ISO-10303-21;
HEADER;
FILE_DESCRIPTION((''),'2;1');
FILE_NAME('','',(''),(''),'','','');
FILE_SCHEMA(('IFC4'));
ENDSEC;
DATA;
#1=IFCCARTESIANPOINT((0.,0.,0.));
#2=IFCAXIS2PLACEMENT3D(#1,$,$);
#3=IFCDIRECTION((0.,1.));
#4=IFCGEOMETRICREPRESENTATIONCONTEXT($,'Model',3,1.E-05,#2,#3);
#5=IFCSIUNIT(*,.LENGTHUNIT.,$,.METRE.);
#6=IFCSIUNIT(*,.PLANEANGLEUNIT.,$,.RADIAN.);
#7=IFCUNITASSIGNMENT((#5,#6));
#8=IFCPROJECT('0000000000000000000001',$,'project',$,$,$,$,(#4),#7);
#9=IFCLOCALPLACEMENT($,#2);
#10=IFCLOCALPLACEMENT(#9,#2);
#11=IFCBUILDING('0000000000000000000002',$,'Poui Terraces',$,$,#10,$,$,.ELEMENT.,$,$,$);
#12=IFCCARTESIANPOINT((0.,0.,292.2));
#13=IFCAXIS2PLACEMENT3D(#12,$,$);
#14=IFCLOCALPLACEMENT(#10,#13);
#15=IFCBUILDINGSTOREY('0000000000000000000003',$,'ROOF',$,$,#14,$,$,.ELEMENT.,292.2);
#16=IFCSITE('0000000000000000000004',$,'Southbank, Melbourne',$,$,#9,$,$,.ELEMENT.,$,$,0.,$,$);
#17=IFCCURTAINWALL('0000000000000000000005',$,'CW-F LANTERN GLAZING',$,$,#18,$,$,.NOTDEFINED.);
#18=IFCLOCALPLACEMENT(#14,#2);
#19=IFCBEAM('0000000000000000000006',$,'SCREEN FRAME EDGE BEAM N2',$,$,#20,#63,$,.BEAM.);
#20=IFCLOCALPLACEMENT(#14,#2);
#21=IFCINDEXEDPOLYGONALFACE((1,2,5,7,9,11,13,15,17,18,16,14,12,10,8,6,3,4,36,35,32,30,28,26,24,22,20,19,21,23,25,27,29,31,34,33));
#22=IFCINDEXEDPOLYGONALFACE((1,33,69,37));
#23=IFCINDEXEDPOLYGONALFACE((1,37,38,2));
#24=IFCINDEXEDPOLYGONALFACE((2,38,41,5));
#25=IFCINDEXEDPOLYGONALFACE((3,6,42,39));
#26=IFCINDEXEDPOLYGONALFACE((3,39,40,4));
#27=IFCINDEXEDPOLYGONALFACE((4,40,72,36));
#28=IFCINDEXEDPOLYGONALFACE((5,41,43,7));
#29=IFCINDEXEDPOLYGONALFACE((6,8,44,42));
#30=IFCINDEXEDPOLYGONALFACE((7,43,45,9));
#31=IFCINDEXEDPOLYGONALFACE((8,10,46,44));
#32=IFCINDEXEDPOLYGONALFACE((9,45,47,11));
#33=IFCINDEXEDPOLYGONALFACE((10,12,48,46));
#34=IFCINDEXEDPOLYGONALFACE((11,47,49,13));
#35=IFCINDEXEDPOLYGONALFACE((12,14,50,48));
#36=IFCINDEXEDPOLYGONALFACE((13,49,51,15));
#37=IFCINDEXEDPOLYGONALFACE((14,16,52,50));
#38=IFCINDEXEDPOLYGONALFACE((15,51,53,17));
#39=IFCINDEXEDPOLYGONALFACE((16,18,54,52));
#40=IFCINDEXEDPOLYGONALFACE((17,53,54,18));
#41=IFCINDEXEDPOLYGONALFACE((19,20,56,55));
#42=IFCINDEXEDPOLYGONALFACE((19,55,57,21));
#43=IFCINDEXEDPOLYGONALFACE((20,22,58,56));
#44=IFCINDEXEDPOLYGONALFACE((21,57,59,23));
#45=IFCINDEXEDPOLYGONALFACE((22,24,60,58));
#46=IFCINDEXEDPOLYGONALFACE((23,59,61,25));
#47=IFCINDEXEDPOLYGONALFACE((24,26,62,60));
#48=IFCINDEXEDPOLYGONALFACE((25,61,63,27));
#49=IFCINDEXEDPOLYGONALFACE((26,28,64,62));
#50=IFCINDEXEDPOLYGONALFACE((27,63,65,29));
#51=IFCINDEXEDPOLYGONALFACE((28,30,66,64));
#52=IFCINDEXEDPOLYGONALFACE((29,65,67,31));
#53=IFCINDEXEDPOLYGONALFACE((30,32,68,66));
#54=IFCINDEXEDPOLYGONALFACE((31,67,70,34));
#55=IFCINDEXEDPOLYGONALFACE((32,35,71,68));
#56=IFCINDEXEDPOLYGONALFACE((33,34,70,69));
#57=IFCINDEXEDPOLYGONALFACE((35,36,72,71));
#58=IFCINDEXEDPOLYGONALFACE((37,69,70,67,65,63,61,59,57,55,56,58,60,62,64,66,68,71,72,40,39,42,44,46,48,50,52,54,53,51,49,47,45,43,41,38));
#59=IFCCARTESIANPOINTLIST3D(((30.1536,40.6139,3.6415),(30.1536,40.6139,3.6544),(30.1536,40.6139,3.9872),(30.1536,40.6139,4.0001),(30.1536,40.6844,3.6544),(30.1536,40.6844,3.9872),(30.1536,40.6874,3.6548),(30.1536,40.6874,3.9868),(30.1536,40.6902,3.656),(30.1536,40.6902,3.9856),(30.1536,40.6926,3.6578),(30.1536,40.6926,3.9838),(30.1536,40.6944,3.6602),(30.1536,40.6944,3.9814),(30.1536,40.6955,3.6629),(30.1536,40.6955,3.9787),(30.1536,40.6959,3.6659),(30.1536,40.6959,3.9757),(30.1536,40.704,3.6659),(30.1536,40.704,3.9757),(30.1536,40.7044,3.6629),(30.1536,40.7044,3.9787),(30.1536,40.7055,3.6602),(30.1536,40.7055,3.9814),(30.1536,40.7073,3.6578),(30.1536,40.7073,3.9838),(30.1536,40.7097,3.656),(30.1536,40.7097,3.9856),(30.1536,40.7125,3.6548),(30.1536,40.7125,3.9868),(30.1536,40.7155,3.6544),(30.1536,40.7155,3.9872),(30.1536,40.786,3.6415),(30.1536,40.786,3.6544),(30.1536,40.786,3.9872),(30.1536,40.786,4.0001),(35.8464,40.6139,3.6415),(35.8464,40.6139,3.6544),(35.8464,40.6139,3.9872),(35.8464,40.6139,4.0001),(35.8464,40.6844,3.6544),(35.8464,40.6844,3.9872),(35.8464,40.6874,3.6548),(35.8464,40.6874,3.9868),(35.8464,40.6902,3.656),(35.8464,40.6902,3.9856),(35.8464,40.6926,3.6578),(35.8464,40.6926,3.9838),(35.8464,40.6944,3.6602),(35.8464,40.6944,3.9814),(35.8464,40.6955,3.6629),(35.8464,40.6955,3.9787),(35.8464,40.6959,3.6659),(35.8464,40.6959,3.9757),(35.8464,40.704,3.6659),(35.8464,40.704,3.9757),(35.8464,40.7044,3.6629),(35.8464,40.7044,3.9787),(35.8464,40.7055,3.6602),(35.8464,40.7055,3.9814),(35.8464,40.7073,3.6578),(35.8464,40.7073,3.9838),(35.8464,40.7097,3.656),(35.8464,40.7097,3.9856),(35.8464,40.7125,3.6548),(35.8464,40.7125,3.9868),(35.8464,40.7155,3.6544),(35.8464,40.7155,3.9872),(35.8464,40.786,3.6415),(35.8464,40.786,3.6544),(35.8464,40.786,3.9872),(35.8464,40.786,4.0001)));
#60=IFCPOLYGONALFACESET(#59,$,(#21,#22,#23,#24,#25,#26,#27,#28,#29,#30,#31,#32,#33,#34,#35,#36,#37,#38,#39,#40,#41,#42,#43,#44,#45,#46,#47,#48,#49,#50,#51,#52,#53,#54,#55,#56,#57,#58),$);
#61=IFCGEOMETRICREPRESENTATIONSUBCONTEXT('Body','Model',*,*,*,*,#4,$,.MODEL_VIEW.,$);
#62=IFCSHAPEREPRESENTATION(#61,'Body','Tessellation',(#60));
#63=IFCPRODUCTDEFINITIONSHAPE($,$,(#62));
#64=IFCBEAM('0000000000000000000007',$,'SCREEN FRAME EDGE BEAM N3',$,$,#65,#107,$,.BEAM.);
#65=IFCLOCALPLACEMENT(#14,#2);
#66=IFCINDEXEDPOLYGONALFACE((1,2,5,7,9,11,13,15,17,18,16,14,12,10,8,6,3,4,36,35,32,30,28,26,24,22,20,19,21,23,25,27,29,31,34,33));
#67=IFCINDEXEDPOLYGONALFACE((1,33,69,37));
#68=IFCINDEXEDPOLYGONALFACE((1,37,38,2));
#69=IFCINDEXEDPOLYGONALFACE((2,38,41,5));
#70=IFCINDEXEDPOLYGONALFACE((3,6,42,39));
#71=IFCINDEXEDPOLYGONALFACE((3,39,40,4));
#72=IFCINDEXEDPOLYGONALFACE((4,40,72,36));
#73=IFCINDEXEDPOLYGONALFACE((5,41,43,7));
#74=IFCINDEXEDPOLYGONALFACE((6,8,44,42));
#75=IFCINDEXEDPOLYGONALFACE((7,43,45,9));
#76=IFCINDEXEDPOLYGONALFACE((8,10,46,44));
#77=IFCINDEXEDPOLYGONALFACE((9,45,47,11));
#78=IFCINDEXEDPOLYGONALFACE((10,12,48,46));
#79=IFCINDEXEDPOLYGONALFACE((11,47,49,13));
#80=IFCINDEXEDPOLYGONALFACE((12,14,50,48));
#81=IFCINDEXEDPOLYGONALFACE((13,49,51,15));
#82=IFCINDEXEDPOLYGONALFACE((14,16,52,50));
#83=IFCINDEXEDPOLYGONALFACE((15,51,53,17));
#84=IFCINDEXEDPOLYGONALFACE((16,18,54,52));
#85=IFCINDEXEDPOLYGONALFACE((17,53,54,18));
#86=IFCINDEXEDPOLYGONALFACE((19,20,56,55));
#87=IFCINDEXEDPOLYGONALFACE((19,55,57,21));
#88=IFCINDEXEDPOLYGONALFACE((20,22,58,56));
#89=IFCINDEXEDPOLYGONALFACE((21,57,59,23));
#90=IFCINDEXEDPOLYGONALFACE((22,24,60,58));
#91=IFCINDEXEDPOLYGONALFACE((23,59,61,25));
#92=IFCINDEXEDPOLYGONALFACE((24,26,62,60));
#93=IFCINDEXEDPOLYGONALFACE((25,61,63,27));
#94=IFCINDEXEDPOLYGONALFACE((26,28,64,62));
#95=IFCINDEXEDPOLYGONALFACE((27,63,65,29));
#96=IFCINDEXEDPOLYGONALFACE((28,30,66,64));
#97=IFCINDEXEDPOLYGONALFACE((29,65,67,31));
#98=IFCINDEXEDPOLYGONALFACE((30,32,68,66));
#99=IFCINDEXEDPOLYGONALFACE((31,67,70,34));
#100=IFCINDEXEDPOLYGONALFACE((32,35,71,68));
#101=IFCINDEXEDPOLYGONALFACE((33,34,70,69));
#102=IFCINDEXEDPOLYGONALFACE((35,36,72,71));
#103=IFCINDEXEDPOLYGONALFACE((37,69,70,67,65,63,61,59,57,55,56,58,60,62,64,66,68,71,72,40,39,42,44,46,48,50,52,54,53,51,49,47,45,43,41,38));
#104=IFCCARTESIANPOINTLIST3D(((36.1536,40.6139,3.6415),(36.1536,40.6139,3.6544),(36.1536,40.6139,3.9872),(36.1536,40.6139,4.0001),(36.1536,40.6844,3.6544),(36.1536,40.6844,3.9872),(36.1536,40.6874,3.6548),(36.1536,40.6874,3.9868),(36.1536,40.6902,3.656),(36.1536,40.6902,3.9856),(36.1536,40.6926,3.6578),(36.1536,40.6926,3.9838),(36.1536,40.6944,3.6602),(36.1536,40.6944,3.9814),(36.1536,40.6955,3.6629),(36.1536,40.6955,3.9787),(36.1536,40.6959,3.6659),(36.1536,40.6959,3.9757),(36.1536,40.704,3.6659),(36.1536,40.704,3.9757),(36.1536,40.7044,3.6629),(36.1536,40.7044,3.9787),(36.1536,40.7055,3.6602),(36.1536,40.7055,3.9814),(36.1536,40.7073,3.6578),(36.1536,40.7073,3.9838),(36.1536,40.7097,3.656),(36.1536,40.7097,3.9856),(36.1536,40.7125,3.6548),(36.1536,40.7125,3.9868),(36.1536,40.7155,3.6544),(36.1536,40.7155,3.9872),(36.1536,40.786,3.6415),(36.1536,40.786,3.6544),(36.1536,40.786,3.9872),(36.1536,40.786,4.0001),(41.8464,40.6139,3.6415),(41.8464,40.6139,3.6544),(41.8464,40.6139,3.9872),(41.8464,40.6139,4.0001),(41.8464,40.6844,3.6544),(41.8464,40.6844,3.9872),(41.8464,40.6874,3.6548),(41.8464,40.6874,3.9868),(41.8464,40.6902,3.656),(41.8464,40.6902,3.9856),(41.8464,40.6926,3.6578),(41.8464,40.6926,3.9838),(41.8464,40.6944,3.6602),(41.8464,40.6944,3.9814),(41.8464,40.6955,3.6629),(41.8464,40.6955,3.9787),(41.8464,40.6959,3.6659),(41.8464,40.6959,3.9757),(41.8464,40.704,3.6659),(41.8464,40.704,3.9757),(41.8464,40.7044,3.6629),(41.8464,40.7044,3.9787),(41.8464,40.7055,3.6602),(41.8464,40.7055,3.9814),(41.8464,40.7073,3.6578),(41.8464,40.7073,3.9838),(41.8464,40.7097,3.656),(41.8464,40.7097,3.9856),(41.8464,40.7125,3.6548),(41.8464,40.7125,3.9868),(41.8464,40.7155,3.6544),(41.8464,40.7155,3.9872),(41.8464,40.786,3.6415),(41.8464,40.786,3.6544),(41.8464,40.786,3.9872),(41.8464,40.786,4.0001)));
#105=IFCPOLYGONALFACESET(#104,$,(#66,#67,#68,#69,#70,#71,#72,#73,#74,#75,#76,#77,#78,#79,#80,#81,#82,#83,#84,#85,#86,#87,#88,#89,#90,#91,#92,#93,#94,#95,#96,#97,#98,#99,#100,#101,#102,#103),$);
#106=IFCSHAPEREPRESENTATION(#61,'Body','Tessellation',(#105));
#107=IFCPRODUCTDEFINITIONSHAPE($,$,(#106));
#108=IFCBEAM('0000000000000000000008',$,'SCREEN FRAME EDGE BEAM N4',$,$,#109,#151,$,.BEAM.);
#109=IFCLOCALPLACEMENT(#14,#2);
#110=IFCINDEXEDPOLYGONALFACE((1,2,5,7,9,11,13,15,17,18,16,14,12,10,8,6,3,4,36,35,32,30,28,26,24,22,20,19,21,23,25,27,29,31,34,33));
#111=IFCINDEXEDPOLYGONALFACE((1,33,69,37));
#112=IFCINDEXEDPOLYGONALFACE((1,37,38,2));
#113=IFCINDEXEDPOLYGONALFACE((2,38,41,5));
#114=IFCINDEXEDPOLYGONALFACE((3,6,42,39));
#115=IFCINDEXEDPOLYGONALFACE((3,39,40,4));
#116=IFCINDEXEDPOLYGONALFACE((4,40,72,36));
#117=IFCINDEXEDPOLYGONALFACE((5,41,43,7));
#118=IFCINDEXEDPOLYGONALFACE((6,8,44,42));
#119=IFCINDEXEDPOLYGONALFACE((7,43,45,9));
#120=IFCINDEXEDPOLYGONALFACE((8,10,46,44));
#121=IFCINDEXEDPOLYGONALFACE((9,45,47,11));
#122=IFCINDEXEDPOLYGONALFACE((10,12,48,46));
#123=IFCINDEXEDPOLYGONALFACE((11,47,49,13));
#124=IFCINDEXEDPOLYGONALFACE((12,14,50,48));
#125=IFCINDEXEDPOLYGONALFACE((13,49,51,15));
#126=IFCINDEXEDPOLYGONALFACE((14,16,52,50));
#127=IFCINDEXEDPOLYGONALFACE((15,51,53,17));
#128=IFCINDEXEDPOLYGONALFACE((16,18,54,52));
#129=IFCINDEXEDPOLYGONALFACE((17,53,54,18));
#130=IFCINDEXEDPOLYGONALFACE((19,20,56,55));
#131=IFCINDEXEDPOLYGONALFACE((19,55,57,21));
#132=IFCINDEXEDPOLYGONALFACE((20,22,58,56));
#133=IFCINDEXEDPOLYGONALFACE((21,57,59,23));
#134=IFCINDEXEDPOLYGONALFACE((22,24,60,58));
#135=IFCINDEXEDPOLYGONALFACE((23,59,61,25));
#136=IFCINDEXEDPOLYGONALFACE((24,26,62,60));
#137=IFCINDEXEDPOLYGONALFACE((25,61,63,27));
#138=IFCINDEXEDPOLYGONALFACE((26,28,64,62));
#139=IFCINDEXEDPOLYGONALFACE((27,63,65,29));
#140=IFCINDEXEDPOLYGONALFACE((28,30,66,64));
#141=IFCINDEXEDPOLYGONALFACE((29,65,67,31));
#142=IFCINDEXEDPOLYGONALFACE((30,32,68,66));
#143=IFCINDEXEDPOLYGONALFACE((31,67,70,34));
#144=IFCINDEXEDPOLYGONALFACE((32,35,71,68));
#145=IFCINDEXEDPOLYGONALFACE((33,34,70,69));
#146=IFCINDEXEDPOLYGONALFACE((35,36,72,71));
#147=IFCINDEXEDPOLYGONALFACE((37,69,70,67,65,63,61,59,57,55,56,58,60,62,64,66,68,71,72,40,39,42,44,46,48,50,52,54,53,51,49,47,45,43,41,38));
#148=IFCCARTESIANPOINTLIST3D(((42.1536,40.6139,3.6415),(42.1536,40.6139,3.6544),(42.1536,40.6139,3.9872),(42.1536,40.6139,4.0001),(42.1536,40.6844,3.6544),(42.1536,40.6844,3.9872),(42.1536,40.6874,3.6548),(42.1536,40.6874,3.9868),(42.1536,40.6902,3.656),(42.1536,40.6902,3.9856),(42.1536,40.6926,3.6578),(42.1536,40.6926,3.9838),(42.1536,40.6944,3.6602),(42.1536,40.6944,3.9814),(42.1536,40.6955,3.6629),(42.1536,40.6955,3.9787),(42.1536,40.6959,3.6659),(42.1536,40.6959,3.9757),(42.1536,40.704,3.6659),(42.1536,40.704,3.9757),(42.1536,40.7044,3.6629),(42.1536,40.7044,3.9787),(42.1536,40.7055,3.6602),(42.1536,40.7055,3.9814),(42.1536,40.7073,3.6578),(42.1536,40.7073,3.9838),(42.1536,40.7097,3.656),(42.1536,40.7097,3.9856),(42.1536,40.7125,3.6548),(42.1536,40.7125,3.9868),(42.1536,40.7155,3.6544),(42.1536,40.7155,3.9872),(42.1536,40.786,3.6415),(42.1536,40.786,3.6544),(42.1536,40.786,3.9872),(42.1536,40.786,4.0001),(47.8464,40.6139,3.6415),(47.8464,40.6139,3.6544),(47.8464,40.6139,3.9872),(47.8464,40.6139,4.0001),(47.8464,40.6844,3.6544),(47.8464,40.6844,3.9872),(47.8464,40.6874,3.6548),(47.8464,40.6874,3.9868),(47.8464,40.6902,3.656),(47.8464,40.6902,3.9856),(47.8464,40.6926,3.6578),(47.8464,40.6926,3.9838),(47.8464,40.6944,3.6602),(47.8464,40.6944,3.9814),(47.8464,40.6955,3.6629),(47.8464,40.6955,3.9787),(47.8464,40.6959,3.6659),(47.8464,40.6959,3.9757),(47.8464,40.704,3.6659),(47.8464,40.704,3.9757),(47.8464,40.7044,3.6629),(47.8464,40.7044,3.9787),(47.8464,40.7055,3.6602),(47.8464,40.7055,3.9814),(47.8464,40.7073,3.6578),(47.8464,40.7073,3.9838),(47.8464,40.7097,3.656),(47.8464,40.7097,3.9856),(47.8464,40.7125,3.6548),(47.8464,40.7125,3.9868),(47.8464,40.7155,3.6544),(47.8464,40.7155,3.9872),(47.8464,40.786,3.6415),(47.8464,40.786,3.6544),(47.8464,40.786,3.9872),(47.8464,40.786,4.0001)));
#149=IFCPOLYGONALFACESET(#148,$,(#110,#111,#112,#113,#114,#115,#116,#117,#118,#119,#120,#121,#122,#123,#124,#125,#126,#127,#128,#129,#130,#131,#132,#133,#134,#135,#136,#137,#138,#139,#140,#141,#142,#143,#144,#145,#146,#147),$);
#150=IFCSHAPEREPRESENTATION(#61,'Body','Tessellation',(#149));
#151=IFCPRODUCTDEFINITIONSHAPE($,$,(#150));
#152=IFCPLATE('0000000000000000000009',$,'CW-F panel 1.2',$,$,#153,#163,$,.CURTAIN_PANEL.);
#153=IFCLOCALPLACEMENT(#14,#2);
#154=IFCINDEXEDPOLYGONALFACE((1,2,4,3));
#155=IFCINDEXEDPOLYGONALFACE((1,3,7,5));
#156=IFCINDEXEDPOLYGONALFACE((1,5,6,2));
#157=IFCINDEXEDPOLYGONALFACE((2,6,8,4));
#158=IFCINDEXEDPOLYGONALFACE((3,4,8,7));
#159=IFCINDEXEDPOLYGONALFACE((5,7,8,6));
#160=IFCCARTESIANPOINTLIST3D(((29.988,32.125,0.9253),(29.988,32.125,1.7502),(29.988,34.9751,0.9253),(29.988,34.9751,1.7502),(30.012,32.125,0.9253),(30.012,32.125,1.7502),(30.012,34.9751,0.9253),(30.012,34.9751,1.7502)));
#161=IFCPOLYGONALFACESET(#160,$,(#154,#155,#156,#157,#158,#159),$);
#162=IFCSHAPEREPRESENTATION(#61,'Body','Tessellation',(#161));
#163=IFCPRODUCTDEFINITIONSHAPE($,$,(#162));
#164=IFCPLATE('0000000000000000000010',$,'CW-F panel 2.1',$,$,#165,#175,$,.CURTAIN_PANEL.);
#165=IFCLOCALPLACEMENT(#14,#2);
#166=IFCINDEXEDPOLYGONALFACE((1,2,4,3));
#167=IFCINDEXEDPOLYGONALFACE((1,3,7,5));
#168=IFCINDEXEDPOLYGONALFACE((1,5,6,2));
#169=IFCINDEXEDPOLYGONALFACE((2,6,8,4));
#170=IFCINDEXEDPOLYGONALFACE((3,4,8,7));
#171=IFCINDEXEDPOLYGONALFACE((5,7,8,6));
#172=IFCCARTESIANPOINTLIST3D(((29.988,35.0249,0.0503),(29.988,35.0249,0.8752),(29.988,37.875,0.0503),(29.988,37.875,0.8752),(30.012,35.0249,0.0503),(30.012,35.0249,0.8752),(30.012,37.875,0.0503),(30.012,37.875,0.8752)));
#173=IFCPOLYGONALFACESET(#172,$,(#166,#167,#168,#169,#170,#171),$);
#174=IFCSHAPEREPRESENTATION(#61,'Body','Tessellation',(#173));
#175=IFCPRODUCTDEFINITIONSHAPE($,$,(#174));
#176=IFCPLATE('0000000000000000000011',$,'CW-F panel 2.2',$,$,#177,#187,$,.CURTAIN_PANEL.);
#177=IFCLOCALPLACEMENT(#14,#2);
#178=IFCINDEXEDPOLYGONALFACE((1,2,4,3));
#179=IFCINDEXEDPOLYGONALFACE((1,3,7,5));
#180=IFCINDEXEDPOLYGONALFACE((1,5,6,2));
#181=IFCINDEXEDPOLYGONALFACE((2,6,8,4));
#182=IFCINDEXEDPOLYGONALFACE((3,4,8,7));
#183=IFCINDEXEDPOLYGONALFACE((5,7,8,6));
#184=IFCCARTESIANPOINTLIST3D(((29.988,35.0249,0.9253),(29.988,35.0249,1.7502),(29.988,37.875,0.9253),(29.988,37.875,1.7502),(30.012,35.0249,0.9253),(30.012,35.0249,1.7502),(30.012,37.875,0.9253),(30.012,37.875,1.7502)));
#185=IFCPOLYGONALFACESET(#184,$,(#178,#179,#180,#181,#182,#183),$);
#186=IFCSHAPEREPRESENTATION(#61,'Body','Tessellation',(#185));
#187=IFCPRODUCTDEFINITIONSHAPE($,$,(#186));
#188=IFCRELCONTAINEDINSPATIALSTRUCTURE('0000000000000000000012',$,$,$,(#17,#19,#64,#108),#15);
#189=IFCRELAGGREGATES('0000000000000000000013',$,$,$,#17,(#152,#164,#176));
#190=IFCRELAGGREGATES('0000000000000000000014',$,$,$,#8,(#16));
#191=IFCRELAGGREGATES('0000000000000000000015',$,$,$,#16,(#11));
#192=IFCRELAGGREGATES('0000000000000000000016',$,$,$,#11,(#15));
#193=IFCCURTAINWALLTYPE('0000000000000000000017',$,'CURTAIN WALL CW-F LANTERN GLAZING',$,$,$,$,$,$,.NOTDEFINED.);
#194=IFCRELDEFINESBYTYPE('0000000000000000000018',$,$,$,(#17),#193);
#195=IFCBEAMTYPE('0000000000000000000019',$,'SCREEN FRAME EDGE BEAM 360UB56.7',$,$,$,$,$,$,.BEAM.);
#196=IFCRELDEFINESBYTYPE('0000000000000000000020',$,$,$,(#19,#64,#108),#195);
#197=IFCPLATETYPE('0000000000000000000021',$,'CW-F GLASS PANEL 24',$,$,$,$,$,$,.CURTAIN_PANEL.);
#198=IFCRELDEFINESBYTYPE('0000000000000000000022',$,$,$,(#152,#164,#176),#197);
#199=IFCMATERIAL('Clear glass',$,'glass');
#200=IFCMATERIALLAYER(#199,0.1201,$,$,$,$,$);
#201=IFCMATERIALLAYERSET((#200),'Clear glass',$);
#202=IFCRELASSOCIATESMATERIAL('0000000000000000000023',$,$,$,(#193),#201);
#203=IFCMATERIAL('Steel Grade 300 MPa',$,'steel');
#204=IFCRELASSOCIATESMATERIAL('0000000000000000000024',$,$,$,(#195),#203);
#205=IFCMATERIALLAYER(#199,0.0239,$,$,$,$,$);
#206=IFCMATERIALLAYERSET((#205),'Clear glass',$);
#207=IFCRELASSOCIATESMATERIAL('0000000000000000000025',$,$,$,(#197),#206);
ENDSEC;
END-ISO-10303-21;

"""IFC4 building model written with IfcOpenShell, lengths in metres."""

from ifc_helpers import new_model, si_unit, direction, frame, origin, origin_2d, place, context, subcontext, project, spatial, rectangle, i_section, extrude, source, transform, mapped, material, layer, layer_set, material_profile, profile_set, type_object, element, aggregate, save


model = new_model("IFC4")

# Units and contexts
model_context = context("Model", 3, precision=1e-05, world=origin(), true_north=direction((0.0, 1.0)))
body_context = subcontext(model_context, "Body", "Model", "MODEL_VIEW")
ifc_project = project(units=[si_unit("LENGTHUNIT", "METRE"), si_unit("PLANEANGLEUNIT", "RADIAN")], contexts=[model_context])

# Site, building, storey
site_placement = place(None, origin())
site = spatial("IfcSite", under=ifc_project, at=site_placement, Name="Southbank, Melbourne", CompositionType="ELEMENT", RefElevation=0.0)
building_placement = place(site_placement, origin())
building = spatial("IfcBuilding", under=site, at=building_placement, Name="Poui Terraces", CompositionType="ELEMENT")
storey_placement = place(building_placement, frame((0.0, 0.0, 292.2)))
storey = spatial("IfcBuildingStorey", under=building, at=storey_placement, Name="ROOF", CompositionType="ELEMENT", Elevation=292.2)

# Shared definitions
ifc_material_1 = material(Name="Steel Grade 300 MPa", Category="steel")

# Shared definitions
ifc_material_2 = material(Name="Clear glass", Category="glass")
ifc_layer_1 = layer(ifc_material_2, 0.1201)
ifc_layer_set_1 = layer_set([ifc_layer_1], Name="Clear glass")
curtain_wall_type = type_object("IfcCurtainWallType", Name="CURTAIN WALL CW-F LANTERN GLAZING", PredefinedType="NOTDEFINED", material=ifc_layer_set_1)

# Curtain wall
curtain_wall_1_placement = place(storey_placement, origin())
curtain_wall_1 = element("IfcCurtainWall", 1, at=curtain_wall_1_placement, inside=storey, type_object=curtain_wall_type, Name="CW-F LANTERN GLAZING", PredefinedType="NOTDEFINED")

# Beams
ifc_material_profile_1 = material_profile(ifc_material_1, i_section(OverallWidth=0.1721, OverallDepth=0.3586, WebThickness=0.0081, FlangeThickness=0.0129, FilletRadius=0.0115, at=origin_2d()), Name="360UB56.7")
ifc_profile_set_1 = profile_set([ifc_material_profile_1], Name="Steel Grade 300 MPa")
beam_type = type_object("IfcBeamType", Name="SCREEN FRAME EDGE BEAM 360UB56.7", PredefinedType="BEAM", material=ifc_profile_set_1)
shared_shape_1 = source(origin(), body_context, "Body", "SweptSolid", [
    extrude(i_section(OverallWidth=0.1721, OverallDepth=0.3586, WebThickness=0.0081, FlangeThickness=0.0129, FilletRadius=0.0115, at=origin_2d()), origin(), (0.0, 0.0, 1.0), 5.6929),
])
for number, where, z_axis, x_axis, name in (
    (2, (30.1536, 40.7, 3.8208), (1.0, 0.0, 0.0), (0.0, 1.0, 0.0), "SCREEN FRAME EDGE BEAM N2"),
    (3, (36.1536, 40.7, 3.8208), (1.0, 0.0, 0.0), (0.0, 1.0, 0.0), "SCREEN FRAME EDGE BEAM N3"),
    (4, (42.1536, 40.7, 3.8208), (1.0, 0.0, 0.0), (0.0, 1.0, 0.0), "SCREEN FRAME EDGE BEAM N4"),
):
    element("IfcBeam", number, at=place(storey_placement, frame(where, z_axis=z_axis, x_axis=x_axis)), inside=storey, type_object=beam_type, Name=name, PredefinedType="BEAM", context=body_context, shape_type="MappedRepresentation", body=[
        mapped(shared_shape_1, transform((0.0, 0.0, 0.0))),
    ])

# Plates
ifc_layer_2 = layer(ifc_material_2, 0.0239)
ifc_layer_set_2 = layer_set([ifc_layer_2], Name="Clear glass")
plate_type = type_object("IfcPlateType", Name="CW-F GLASS PANEL 24", PredefinedType="CURTAIN_PANEL", material=ifc_layer_set_2)
plate_1_placement = place(storey_placement, frame((30.0, 33.55, 0.9253), z_axis=(0.0, 0.0, 1.0), x_axis=(0.0, 1.0, 0.0)))
plate_1 = element("IfcPlate", 5, at=plate_1_placement, type_object=plate_type, Name="CW-F panel 1.2", PredefinedType="CURTAIN_PANEL", context=body_context, shape_type="SweptSolid", body=[
    extrude(rectangle(XDim=2.8501, YDim=0.0239, at=origin_2d()), origin(), (0.0, 0.0, 1.0), 0.825),
])
plate_2_placement = place(storey_placement, frame((30.0, 36.45, 0.0503), z_axis=(0.0, 0.0, 1.0), x_axis=(0.0, 1.0, 0.0)))
plate_2 = element("IfcPlate", 6, at=plate_2_placement, type_object=plate_type, Name="CW-F panel 2.1", PredefinedType="CURTAIN_PANEL", context=body_context, shape_type="SweptSolid", body=[
    extrude(rectangle(XDim=2.8501, YDim=0.0239, at=origin_2d()), origin(), (0.0, 0.0, 1.0), 0.825),
])
plate_3_placement = place(storey_placement, frame((30.0, 36.45, 0.9253), z_axis=(0.0, 0.0, 1.0), x_axis=(0.0, 1.0, 0.0)))
plate_3 = element("IfcPlate", 7, at=plate_3_placement, type_object=plate_type, Name="CW-F panel 2.2", PredefinedType="CURTAIN_PANEL", context=body_context, shape_type="SweptSolid", body=[
    extrude(rectangle(XDim=2.8501, YDim=0.0239, at=origin_2d()), origin(), (0.0, 0.0, 1.0), 0.825),
])
aggregate(curtain_wall_1, [plate_1, plate_2, plate_3])

save(model, "model.ifc")
